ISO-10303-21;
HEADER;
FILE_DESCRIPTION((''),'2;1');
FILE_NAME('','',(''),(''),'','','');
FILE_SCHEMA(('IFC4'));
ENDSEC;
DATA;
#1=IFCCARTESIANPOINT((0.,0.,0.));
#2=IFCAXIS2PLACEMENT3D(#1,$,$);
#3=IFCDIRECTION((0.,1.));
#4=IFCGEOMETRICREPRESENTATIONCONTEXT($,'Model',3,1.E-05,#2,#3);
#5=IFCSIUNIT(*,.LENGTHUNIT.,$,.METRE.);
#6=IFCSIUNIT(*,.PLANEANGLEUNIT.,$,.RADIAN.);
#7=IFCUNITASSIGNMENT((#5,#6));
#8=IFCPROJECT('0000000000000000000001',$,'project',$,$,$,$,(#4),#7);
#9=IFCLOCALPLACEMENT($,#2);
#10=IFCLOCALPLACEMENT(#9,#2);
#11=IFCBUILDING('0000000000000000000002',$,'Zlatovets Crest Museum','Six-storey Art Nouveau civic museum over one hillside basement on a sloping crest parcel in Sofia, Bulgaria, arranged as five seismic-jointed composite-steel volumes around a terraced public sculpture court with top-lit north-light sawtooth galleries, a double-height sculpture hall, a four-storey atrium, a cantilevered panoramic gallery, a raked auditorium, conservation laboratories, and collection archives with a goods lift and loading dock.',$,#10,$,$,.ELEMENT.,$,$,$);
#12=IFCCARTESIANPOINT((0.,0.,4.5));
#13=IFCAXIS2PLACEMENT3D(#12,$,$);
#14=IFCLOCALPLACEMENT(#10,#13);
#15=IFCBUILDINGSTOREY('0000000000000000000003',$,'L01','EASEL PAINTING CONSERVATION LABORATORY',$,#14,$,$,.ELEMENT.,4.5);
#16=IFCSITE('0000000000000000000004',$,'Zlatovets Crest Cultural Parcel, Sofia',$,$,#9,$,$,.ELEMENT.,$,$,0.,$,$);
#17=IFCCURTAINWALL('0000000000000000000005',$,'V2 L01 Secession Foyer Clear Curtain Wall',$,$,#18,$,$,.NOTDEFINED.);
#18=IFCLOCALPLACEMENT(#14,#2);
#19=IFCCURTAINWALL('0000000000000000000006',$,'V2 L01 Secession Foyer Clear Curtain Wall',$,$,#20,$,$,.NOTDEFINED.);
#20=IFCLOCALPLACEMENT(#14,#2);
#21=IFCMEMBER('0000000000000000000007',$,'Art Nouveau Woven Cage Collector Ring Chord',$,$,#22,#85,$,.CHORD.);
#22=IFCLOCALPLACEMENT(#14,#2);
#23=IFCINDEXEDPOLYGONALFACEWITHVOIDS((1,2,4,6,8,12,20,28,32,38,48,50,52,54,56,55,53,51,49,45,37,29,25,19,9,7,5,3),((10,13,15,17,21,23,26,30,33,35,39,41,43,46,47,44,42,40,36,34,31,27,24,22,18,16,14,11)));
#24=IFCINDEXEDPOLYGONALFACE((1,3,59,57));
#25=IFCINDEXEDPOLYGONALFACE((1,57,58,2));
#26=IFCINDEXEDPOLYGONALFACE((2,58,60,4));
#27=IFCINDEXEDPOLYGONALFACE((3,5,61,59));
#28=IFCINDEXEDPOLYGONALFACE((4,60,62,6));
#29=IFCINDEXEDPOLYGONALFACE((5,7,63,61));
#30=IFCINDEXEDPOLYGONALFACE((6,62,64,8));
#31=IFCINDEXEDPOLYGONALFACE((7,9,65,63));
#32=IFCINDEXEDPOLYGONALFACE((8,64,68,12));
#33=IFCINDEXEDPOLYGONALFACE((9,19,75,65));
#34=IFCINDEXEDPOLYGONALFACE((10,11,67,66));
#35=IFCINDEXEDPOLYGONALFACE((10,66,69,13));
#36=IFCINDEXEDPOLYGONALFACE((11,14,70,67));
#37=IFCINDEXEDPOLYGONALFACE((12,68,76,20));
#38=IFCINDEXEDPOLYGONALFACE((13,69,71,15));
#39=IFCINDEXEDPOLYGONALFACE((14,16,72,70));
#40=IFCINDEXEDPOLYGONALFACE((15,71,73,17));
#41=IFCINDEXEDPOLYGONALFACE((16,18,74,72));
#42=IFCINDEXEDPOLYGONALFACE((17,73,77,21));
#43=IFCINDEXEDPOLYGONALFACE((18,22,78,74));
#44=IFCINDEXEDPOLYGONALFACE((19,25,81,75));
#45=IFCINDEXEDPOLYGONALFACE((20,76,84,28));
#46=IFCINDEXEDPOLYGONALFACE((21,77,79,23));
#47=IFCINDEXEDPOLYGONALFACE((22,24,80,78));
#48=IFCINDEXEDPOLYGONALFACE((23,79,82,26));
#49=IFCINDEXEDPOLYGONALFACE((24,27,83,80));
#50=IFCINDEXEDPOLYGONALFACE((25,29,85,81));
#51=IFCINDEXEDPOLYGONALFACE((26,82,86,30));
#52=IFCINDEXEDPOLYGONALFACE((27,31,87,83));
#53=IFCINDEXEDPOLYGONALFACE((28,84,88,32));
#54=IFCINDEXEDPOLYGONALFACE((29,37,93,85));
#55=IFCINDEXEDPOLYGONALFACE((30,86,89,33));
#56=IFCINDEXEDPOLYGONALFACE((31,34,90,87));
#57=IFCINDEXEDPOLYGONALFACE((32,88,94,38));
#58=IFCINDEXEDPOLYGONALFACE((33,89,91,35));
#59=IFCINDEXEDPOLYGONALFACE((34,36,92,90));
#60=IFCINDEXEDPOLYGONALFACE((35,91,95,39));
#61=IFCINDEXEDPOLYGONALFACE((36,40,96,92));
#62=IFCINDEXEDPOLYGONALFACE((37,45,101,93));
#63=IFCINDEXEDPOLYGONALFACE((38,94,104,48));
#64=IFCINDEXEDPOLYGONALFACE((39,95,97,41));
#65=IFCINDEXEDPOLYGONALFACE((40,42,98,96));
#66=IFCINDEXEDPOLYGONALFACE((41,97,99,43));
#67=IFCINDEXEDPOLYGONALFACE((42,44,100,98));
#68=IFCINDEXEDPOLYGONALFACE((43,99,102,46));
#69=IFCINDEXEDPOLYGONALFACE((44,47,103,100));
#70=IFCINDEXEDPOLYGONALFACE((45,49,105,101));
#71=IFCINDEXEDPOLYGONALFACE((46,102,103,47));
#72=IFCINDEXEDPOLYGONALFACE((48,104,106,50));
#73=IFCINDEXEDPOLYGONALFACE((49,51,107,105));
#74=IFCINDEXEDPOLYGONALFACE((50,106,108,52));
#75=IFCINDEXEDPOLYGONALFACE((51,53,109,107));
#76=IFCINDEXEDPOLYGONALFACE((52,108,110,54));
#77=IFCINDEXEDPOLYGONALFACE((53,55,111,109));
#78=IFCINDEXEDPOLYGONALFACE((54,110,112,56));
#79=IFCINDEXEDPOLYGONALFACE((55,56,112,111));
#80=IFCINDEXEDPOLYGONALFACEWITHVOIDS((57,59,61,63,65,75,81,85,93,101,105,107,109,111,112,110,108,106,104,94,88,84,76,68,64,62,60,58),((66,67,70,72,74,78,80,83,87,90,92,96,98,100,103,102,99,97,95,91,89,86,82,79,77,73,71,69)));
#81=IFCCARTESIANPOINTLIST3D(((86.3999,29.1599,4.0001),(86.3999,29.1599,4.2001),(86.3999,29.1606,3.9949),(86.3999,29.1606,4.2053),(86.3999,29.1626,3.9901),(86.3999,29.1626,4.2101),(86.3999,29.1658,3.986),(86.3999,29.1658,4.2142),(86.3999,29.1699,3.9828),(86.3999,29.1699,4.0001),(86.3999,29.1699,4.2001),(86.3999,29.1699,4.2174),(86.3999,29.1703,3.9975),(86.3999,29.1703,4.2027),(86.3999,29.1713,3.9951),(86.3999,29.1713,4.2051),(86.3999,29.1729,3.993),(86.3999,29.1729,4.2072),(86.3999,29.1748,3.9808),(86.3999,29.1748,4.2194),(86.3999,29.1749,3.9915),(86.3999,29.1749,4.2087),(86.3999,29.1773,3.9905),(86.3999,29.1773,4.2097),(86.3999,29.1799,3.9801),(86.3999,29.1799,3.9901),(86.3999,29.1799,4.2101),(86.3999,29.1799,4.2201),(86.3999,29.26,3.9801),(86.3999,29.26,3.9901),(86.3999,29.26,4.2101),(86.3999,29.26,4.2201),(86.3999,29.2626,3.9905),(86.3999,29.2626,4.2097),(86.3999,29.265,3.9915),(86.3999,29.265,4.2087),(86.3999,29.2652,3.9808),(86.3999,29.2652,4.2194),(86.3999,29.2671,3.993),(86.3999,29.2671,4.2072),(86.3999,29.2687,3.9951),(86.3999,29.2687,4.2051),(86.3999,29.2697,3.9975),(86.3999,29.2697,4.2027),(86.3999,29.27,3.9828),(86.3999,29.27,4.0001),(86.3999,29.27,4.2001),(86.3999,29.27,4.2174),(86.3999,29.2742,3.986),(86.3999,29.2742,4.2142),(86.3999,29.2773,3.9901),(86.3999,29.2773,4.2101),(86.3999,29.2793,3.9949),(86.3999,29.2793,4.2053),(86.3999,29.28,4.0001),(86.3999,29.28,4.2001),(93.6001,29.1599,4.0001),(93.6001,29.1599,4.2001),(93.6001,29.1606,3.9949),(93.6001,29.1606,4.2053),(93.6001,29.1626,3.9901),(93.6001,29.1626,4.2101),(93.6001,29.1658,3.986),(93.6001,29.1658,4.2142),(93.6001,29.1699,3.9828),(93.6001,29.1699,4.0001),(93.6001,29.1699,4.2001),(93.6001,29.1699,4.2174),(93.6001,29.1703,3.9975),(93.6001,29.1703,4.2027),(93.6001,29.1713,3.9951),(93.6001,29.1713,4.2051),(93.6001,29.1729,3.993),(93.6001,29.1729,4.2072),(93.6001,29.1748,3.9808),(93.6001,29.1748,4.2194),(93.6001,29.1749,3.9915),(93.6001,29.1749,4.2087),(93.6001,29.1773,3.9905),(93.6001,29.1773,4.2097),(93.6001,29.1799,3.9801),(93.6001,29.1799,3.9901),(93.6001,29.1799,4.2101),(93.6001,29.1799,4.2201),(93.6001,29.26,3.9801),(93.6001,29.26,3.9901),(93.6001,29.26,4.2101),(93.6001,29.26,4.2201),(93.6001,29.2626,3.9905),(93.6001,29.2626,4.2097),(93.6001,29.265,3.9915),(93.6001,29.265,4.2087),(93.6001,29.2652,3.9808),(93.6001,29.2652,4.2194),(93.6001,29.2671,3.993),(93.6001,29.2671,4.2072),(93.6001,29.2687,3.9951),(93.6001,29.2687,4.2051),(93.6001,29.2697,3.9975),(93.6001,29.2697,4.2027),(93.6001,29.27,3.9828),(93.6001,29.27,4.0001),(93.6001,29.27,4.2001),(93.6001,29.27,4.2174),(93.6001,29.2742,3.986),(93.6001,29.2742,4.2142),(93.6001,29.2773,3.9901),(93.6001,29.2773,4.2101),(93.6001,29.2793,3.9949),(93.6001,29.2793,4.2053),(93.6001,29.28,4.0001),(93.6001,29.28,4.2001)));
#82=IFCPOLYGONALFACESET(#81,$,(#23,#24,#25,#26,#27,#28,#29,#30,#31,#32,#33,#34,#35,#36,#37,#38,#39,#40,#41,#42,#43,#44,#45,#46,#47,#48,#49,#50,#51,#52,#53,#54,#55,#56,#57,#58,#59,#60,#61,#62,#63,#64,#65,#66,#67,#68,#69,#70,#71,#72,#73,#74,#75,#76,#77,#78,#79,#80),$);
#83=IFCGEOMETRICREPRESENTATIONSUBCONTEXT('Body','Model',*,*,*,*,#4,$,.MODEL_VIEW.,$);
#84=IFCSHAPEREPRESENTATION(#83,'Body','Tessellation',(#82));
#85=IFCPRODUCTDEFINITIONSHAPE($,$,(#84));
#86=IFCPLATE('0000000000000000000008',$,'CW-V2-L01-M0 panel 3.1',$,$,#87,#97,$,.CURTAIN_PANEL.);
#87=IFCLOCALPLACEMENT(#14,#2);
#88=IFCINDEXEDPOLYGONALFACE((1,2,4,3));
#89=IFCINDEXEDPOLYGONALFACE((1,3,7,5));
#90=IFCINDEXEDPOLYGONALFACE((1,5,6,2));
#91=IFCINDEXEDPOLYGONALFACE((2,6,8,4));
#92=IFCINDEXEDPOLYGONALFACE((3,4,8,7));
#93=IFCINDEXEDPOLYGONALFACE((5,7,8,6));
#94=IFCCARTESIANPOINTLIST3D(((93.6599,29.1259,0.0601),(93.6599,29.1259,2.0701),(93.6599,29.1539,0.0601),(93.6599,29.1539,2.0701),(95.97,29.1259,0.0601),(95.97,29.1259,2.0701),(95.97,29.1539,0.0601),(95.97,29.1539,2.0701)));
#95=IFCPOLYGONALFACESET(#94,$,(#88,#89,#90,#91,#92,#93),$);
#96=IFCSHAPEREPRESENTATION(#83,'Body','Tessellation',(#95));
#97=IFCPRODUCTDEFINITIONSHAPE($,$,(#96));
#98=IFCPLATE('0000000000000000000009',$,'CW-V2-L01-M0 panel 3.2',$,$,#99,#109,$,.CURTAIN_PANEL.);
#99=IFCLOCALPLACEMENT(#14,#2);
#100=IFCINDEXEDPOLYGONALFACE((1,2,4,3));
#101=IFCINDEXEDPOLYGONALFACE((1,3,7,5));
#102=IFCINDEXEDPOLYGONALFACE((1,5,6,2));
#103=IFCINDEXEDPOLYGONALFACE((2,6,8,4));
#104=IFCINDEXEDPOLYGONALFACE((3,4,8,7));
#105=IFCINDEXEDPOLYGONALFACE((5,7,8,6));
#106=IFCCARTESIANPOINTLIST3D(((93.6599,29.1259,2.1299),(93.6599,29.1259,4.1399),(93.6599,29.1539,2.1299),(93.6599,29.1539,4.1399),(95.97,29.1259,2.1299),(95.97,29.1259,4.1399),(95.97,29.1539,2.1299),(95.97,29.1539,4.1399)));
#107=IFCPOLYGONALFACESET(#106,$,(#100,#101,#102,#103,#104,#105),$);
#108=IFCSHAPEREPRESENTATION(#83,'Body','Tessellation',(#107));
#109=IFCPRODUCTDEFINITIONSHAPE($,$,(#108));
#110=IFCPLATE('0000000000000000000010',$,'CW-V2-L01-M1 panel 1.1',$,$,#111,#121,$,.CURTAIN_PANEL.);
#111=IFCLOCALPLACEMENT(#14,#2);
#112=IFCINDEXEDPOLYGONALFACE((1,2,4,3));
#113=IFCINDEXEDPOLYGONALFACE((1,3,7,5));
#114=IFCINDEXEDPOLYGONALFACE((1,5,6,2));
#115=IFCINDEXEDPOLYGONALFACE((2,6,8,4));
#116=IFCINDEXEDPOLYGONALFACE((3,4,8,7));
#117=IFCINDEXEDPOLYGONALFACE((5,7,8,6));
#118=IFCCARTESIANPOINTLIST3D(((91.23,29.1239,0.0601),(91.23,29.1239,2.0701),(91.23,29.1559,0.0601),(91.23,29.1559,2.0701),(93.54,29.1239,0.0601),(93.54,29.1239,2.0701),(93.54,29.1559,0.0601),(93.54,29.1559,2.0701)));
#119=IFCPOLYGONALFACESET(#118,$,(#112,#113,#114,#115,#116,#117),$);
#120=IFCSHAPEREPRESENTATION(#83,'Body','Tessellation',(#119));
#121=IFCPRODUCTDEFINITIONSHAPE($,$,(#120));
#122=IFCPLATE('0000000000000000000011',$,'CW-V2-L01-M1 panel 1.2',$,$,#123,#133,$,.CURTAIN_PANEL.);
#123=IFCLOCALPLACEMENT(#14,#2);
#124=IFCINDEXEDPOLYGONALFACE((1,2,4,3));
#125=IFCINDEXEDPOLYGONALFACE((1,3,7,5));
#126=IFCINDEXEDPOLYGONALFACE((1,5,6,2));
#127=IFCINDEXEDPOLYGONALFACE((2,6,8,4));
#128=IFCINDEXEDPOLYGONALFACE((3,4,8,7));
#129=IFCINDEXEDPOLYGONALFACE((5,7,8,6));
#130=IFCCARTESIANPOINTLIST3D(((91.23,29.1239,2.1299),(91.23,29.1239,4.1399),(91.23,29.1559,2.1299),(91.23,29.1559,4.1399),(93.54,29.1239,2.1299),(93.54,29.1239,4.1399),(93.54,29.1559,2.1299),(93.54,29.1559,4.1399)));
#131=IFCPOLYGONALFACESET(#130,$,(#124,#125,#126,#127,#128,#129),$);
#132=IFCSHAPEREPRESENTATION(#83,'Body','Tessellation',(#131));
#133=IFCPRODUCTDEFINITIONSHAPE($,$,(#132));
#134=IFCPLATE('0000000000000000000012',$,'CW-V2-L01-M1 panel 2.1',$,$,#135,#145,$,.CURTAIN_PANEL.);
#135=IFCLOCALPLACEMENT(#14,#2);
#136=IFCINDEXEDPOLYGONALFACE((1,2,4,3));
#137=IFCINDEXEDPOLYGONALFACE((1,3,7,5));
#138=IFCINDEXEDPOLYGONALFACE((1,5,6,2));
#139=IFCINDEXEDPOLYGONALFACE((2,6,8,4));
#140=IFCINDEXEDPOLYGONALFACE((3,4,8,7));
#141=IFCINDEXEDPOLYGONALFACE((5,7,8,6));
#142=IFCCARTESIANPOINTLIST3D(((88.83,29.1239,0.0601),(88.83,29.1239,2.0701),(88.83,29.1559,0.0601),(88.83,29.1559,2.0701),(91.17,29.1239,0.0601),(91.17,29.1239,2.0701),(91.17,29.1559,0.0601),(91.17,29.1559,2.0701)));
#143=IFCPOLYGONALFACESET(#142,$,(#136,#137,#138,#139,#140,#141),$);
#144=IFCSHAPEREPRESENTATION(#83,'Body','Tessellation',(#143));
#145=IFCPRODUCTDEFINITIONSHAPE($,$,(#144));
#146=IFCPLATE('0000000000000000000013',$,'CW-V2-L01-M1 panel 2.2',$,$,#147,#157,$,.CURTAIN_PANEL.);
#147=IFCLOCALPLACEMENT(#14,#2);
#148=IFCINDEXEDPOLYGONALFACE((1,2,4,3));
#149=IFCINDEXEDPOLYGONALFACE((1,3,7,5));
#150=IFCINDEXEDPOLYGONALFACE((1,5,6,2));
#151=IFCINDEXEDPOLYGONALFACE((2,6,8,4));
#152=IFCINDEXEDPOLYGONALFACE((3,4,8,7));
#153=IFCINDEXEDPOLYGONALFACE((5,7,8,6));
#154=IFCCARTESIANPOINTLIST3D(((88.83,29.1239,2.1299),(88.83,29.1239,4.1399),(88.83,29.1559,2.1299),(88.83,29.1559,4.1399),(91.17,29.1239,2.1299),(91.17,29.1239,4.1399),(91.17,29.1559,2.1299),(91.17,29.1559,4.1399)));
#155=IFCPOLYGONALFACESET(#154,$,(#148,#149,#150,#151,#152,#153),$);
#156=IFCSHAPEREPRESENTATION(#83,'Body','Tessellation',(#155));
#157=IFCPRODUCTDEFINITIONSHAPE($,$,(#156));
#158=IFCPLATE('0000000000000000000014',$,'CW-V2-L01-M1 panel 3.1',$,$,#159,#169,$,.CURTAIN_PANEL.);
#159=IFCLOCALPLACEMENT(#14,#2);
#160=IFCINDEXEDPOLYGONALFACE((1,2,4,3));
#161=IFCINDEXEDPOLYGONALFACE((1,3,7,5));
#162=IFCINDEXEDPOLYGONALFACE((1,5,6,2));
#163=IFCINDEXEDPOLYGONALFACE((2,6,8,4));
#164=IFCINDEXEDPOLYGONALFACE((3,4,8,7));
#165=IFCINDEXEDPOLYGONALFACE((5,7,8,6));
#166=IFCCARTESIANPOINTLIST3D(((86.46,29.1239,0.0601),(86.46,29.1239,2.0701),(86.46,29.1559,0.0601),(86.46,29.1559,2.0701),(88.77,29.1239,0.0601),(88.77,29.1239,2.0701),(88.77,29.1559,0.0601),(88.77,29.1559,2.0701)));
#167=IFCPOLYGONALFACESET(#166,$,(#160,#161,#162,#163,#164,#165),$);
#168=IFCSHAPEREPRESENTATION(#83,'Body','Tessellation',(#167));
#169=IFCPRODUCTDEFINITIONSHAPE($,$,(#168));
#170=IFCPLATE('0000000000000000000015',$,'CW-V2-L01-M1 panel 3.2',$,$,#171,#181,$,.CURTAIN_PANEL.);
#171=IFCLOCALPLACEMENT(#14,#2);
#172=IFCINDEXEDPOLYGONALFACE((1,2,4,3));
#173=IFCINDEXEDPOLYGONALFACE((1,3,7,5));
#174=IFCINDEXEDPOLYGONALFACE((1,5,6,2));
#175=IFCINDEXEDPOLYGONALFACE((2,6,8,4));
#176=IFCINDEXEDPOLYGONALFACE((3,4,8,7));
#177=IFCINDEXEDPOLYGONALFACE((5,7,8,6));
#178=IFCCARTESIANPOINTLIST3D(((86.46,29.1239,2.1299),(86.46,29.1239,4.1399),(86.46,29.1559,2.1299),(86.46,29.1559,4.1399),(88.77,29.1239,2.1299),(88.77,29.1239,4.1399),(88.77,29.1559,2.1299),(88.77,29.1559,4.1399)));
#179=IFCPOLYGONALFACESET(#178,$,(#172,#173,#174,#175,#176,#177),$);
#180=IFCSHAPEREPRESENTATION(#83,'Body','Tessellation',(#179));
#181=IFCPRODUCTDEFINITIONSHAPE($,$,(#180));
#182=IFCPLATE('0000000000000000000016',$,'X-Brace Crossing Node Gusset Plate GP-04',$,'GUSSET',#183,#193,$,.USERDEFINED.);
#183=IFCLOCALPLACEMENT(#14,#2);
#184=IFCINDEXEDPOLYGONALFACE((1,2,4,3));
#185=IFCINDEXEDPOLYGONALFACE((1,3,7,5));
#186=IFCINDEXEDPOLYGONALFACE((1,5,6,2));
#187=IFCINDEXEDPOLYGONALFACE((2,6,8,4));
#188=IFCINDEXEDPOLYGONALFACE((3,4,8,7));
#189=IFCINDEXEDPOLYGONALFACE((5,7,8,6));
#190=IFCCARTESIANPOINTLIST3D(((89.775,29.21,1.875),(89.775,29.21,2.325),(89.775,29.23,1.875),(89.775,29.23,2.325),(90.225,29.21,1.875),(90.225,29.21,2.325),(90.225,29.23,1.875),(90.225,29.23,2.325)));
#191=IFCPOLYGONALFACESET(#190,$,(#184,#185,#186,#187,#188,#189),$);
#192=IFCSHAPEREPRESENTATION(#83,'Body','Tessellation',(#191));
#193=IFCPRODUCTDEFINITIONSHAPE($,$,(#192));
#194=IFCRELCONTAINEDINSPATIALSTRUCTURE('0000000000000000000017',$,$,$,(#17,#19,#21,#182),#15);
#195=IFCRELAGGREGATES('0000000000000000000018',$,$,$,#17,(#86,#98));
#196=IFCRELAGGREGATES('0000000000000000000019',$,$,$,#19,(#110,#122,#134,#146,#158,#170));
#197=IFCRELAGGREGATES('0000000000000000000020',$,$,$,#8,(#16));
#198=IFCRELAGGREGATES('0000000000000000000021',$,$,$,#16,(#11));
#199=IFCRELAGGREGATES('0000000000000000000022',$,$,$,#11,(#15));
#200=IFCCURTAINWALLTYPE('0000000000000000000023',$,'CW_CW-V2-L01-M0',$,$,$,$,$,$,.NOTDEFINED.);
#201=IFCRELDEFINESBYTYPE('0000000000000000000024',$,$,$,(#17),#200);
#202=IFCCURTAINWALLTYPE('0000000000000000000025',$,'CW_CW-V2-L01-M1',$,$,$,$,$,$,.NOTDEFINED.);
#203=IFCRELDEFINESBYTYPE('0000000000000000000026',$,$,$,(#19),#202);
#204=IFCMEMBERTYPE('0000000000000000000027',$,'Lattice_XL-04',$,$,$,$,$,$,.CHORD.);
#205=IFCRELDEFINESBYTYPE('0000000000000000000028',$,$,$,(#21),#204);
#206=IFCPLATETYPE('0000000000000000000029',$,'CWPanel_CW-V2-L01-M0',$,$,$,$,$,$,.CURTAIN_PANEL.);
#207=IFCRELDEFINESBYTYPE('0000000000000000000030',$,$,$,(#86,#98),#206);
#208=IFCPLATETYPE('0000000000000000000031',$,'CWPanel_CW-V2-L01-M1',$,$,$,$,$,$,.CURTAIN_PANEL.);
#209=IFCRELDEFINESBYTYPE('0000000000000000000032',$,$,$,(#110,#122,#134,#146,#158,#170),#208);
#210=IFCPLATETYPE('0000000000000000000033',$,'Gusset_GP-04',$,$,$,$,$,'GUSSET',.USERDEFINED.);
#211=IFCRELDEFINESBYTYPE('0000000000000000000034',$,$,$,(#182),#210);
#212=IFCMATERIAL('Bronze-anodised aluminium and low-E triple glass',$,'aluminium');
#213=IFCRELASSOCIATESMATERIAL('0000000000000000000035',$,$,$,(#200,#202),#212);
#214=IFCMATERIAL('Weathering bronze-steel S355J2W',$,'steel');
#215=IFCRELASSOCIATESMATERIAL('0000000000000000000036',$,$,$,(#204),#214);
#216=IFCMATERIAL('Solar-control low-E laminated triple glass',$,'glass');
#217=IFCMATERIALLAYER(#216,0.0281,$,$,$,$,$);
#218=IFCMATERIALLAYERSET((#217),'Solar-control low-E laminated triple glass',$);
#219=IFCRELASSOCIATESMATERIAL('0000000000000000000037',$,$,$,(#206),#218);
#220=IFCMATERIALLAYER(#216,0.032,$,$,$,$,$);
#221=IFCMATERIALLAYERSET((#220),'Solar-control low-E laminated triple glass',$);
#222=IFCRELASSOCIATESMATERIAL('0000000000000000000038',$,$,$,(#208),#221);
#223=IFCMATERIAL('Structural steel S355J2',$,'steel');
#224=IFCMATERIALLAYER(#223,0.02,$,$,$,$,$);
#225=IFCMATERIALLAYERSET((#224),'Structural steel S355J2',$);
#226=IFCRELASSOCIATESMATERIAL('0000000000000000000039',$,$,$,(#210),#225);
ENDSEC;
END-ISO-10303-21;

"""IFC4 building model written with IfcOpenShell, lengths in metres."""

from ifc_helpers import new_model, si_unit, direction, frame, origin, origin_2d, place, context, subcontext, project, spatial, rectangle, hollow_rectangle, extrude, material, layer, layer_set, material_profile, profile_set, type_object, element, aggregate, save


model = new_model("IFC4")

# Units and contexts
model_context = context("Model", 3, precision=1e-05, world=origin(), true_north=direction((0.0, 1.0)))
body_context = subcontext(model_context, "Body", "Model", "MODEL_VIEW")
ifc_project = project(units=[si_unit("LENGTHUNIT", "METRE"), si_unit("PLANEANGLEUNIT", "RADIAN")], contexts=[model_context])

# Site, building, storey
site_placement = place(None, origin())
site = spatial("IfcSite", under=ifc_project, at=site_placement, Name="Zlatovets Crest Cultural Parcel, Sofia", CompositionType="ELEMENT", RefElevation=0.0)
building_placement = place(site_placement, origin())
building = spatial("IfcBuilding", under=site, at=building_placement, Name="Zlatovets Crest Museum", Description="Six-storey Art Nouveau civic museum over one hillside basement on a sloping crest parcel in Sofia, Bulgaria, arranged as five seismic-jointed composite-steel volumes around a terraced public sculpture court with top-lit north-light sawtooth galleries, a double-height sculpture hall, a four-storey atrium, a cantilevered panoramic gallery, a raked auditorium, conservation laboratories, and collection archives with a goods lift and loading dock.", CompositionType="ELEMENT")
storey_placement = place(building_placement, frame((0.0, 0.0, 4.5)))
storey = spatial("IfcBuildingStorey", under=building, at=storey_placement, Name="L01", Description="EASEL PAINTING CONSERVATION LABORATORY", CompositionType="ELEMENT", Elevation=4.5)

# Shared definitions
ifc_material_1 = material(Name="Structural steel S355J2", Category="steel")

# Curtain wall
ifc_material_2 = material(Name="Bronze-anodised aluminium and low-E triple glass", Category="aluminium")
curtain_wall_type_1 = type_object("IfcCurtainWallType", Name="CW_CW-V2-L01-M0", PredefinedType="NOTDEFINED", material=ifc_material_2)
curtain_wall_1_placement = place(storey_placement, origin())
curtain_wall_1 = element("IfcCurtainWall", 1, at=curtain_wall_1_placement, inside=storey, type_object=curtain_wall_type_1, Name="V2 L01 Secession Foyer Clear Curtain Wall", PredefinedType="NOTDEFINED")

# Curtain wall
curtain_wall_type_2 = type_object("IfcCurtainWallType", Name="CW_CW-V2-L01-M1", PredefinedType="NOTDEFINED", material=ifc_material_2)
curtain_wall_2_placement = place(storey_placement, origin())
curtain_wall_2 = element("IfcCurtainWall", 2, at=curtain_wall_2_placement, inside=storey, type_object=curtain_wall_type_2, Name="V2 L01 Secession Foyer Clear Curtain Wall", PredefinedType="NOTDEFINED")

# Member
ifc_material_3 = material(Name="Weathering bronze-steel S355J2W", Category="steel")
ifc_material_profile_1 = material_profile(ifc_material_3, hollow_rectangle(XDim=0.1201, YDim=0.24, WallThickness=0.01, InnerFilletRadius=0.01, OuterFilletRadius=0.02, at=origin_2d()), Name="RHS 120x240x10.0")
ifc_profile_set_1 = profile_set([ifc_material_profile_1], Name="Weathering bronze-steel S355J2W")
member_type_1 = type_object("IfcMemberType", Name="Lattice_XL-04", PredefinedType="CHORD", material=ifc_profile_set_1)
member_1_placement = place(storey_placement, frame((93.6001, 29.22, 4.1001), z_axis=(-1.0, 0.0, 0.0), x_axis=(0.0, -1.0, 0.0)))
element("IfcMember", 3, at=member_1_placement, inside=storey, type_object=member_type_1, Name="Art Nouveau Woven Cage Collector Ring Chord", PredefinedType="CHORD", context=body_context, shape_type="SweptSolid", body=[
    extrude(hollow_rectangle(XDim=0.1201, YDim=0.24, WallThickness=0.01, InnerFilletRadius=0.01, OuterFilletRadius=0.02, at=origin_2d()), origin(), (0.0, 0.0, 1.0), 7.2002),
])

# Plates
ifc_material_4 = material(Name="Solar-control low-E laminated triple glass", Category="glass")
ifc_layer_1 = layer(ifc_material_4, 0.0281)
ifc_layer_set_1 = layer_set([ifc_layer_1], Name="Solar-control low-E laminated triple glass")
plate_type_1 = type_object("IfcPlateType", Name="CWPanel_CW-V2-L01-M0", PredefinedType="CURTAIN_PANEL", material=ifc_layer_set_1)
plate_1_placement = place(storey_placement, frame((94.8149, 29.1399, 0.0601), z_axis=(0.0, 0.0, 1.0), x_axis=(-1.0, 0.0, 0.0)))
plate_1 = element("IfcPlate", 4, at=plate_1_placement, type_object=plate_type_1, Name="CW-V2-L01-M0 panel 3.1", PredefinedType="CURTAIN_PANEL", context=body_context, shape_type="SweptSolid", body=[
    extrude(rectangle(XDim=2.3101, YDim=0.0281, at=origin_2d()), origin(), (0.0, 0.0, 1.0), 2.01),
])
plate_2_placement = place(storey_placement, frame((94.8149, 29.1399, 2.1299), z_axis=(0.0, 0.0, 1.0), x_axis=(-1.0, 0.0, 0.0)))
plate_2 = element("IfcPlate", 5, at=plate_2_placement, type_object=plate_type_1, Name="CW-V2-L01-M0 panel 3.2", PredefinedType="CURTAIN_PANEL", context=body_context, shape_type="SweptSolid", body=[
    extrude(rectangle(XDim=2.3101, YDim=0.0281, at=origin_2d()), origin(), (0.0, 0.0, 1.0), 2.01),
])
aggregate(curtain_wall_1, [plate_1, plate_2])
ifc_layer_2 = layer(ifc_material_4, 0.032)
ifc_layer_set_2 = layer_set([ifc_layer_2], Name="Solar-control low-E laminated triple glass")
plate_type_2 = type_object("IfcPlateType", Name="CWPanel_CW-V2-L01-M1", PredefinedType="CURTAIN_PANEL", material=ifc_layer_set_2)
plate_3_placement = place(storey_placement, frame((92.385, 29.1399, 0.0601), z_axis=(0.0, 0.0, 1.0), x_axis=(-1.0, 0.0, 0.0)))
plate_3 = element("IfcPlate", 6, at=plate_3_placement, type_object=plate_type_2, Name="CW-V2-L01-M1 panel 1.1", PredefinedType="CURTAIN_PANEL", context=body_context, shape_type="SweptSolid", body=[
    extrude(rectangle(XDim=2.3101, YDim=0.032, at=origin_2d()), origin(), (0.0, 0.0, 1.0), 2.01),
])
plate_4_placement = place(storey_placement, frame((92.385, 29.1399, 2.1299), z_axis=(0.0, 0.0, 1.0), x_axis=(-1.0, 0.0, 0.0)))
plate_4 = element("IfcPlate", 7, at=plate_4_placement, type_object=plate_type_2, Name="CW-V2-L01-M1 panel 1.2", PredefinedType="CURTAIN_PANEL", context=body_context, shape_type="SweptSolid", body=[
    extrude(rectangle(XDim=2.3101, YDim=0.032, at=origin_2d()), origin(), (0.0, 0.0, 1.0), 2.01),
])
plate_5_placement = place(storey_placement, frame((90.0, 29.1399, 0.0601), z_axis=(0.0, 0.0, 1.0), x_axis=(-1.0, 0.0, 0.0)))
plate_5 = element("IfcPlate", 8, at=plate_5_placement, type_object=plate_type_2, Name="CW-V2-L01-M1 panel 2.1", PredefinedType="CURTAIN_PANEL", context=body_context, shape_type="SweptSolid", body=[
    extrude(rectangle(XDim=2.3401, YDim=0.032, at=origin_2d()), origin(), (0.0, 0.0, 1.0), 2.01),
])
plate_6_placement = place(storey_placement, frame((90.0, 29.1399, 2.1299), z_axis=(0.0, 0.0, 1.0), x_axis=(-1.0, 0.0, 0.0)))
plate_6 = element("IfcPlate", 9, at=plate_6_placement, type_object=plate_type_2, Name="CW-V2-L01-M1 panel 2.2", PredefinedType="CURTAIN_PANEL", context=body_context, shape_type="SweptSolid", body=[
    extrude(rectangle(XDim=2.3401, YDim=0.032, at=origin_2d()), origin(), (0.0, 0.0, 1.0), 2.01),
])
plate_7_placement = place(storey_placement, frame((87.615, 29.1399, 0.0601), z_axis=(0.0, 0.0, 1.0), x_axis=(-1.0, 0.0, 0.0)))
plate_7 = element("IfcPlate", 10, at=plate_7_placement, type_object=plate_type_2, Name="CW-V2-L01-M1 panel 3.1", PredefinedType="CURTAIN_PANEL", context=body_context, shape_type="SweptSolid", body=[
    extrude(rectangle(XDim=2.3101, YDim=0.032, at=origin_2d()), origin(), (0.0, 0.0, 1.0), 2.01),
])
plate_8_placement = place(storey_placement, frame((87.615, 29.1399, 2.1299), z_axis=(0.0, 0.0, 1.0), x_axis=(-1.0, 0.0, 0.0)))
plate_8 = element("IfcPlate", 11, at=plate_8_placement, type_object=plate_type_2, Name="CW-V2-L01-M1 panel 3.2", PredefinedType="CURTAIN_PANEL", context=body_context, shape_type="SweptSolid", body=[
    extrude(rectangle(XDim=2.3101, YDim=0.032, at=origin_2d()), origin(), (0.0, 0.0, 1.0), 2.01),
])
aggregate(curtain_wall_2, [plate_3, plate_4, plate_5, plate_6, plate_7, plate_8])
ifc_layer_3 = layer(ifc_material_1, 0.02)
ifc_layer_set_3 = layer_set([ifc_layer_3], Name="Structural steel S355J2")
plate_type_3 = type_object("IfcPlateType", Name="Gusset_GP-04", ElementType="GUSSET", PredefinedType="USERDEFINED", material=ifc_layer_set_3)
plate_9_placement = place(storey_placement, frame((90.0, 29.22, 1.875), z_axis=(0.0, 0.0, 1.0), x_axis=(1.0, 0.0, 0.0)))
element("IfcPlate", 12, at=plate_9_placement, inside=storey, type_object=plate_type_3, Name="X-Brace Crossing Node Gusset Plate GP-04", ObjectType="GUSSET", PredefinedType="USERDEFINED", context=body_context, shape_type="SweptSolid", body=[
    extrude(rectangle(XDim=0.45, YDim=0.02, at=origin_2d()), origin(), (0.0, 0.0, 1.0), 0.45),
])

save(model, "model.ifc")
